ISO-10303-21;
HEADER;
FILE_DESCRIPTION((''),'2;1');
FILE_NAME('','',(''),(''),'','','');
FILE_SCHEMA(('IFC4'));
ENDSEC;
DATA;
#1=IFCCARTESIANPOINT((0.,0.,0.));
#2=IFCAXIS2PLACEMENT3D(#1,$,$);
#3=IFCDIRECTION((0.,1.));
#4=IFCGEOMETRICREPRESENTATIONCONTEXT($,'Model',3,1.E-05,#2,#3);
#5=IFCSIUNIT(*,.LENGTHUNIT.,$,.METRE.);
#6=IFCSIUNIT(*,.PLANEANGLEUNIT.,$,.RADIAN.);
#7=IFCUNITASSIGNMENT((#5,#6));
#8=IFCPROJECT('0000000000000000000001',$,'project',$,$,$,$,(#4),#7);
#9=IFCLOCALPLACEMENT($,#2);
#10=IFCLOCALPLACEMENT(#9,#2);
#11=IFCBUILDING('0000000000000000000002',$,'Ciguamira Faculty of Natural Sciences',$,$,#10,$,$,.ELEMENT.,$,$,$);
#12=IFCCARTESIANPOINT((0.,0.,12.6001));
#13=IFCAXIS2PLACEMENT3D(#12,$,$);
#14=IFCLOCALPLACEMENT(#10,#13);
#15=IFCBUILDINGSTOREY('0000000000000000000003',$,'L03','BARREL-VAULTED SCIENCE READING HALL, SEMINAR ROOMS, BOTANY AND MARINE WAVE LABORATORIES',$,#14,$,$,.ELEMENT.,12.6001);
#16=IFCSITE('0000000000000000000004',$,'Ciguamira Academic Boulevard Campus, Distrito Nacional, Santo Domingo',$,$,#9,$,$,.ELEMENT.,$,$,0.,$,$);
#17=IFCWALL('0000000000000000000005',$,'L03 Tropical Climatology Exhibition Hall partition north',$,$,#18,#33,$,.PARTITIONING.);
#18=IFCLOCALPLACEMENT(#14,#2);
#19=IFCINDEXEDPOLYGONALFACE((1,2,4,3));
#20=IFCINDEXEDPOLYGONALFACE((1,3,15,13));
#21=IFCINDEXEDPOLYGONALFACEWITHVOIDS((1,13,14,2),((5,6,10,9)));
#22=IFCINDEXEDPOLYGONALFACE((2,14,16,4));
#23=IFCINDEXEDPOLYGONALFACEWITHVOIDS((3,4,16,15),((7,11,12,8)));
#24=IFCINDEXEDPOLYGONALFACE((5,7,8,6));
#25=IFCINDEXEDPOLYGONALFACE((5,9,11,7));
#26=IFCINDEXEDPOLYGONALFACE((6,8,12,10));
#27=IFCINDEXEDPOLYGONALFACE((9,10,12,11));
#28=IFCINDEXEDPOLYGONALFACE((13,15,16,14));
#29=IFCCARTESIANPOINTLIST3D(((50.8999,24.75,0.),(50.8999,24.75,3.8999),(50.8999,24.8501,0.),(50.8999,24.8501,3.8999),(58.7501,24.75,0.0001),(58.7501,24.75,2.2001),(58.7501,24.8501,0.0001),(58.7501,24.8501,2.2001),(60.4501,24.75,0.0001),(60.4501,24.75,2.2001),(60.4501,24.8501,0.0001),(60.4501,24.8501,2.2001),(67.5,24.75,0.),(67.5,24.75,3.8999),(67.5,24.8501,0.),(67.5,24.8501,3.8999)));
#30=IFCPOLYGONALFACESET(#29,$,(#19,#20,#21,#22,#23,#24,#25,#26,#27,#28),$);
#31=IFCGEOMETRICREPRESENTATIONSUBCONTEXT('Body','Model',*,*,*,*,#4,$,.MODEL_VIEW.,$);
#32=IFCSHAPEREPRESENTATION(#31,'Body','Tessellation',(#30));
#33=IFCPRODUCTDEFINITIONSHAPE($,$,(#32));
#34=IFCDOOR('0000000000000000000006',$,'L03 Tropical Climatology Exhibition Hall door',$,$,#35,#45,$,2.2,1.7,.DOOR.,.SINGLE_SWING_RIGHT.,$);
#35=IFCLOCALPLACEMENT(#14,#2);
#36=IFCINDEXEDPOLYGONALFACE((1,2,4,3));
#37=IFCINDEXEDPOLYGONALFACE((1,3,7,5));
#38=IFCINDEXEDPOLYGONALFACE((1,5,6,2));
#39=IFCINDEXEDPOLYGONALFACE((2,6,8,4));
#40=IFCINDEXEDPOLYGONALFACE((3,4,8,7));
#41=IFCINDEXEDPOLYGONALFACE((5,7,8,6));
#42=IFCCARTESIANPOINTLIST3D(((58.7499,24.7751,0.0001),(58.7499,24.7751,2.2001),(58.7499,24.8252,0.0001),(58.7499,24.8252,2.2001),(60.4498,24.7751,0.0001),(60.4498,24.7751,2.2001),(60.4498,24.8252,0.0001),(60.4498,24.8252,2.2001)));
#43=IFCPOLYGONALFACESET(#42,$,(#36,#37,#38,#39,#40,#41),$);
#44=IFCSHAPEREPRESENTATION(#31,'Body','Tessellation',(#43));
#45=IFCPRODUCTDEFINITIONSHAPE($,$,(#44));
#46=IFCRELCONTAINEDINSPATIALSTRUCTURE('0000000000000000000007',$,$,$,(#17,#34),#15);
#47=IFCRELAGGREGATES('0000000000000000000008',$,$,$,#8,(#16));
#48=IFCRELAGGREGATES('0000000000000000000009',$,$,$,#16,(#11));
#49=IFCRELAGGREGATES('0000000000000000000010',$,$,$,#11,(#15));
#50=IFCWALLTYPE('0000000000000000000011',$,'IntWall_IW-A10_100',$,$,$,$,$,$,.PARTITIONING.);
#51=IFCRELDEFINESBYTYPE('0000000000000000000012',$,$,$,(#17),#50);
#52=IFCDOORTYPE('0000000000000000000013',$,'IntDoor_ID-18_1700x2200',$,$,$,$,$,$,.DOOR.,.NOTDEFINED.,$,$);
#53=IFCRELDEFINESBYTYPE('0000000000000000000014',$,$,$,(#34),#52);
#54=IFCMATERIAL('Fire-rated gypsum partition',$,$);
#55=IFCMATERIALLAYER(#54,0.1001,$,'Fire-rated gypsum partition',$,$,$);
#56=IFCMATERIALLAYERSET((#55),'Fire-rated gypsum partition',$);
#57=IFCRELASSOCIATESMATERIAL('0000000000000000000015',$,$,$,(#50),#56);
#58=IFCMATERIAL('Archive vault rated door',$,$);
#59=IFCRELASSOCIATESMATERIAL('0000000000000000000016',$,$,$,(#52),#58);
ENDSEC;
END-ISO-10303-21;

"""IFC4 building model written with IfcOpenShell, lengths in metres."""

from ifc_helpers import new_model, si_unit, direction, frame, frame_2d, origin, place, context, subcontext, project, spatial, rectangle, extrude, material, layer, layer_set, type_object, element, fill, save


model = new_model("IFC4")

# Units and contexts
model_context = context("Model", 3, precision=1e-05, world=origin(), true_north=direction((0.0, 1.0)))
body_context = subcontext(model_context, "Body", "Model", "MODEL_VIEW")
ifc_project = project(units=[si_unit("LENGTHUNIT", "METRE"), si_unit("PLANEANGLEUNIT", "RADIAN")], contexts=[model_context])

# Site, building, storey
site_placement = place(None, origin())
site = spatial("IfcSite", under=ifc_project, at=site_placement, Name="Ciguamira Academic Boulevard Campus, Distrito Nacional, Santo Domingo", CompositionType="ELEMENT", RefElevation=0.0)
building_placement = place(site_placement, origin())
building = spatial("IfcBuilding", under=site, at=building_placement, Name="Ciguamira Faculty of Natural Sciences", CompositionType="ELEMENT")
storey_placement = place(building_placement, frame((0.0, 0.0, 12.6001)))
storey = spatial("IfcBuildingStorey", under=building, at=storey_placement, Name="L03", Description="BARREL-VAULTED SCIENCE READING HALL, SEMINAR ROOMS, BOTANY AND MARINE WAVE LABORATORIES", CompositionType="ELEMENT", Elevation=12.6001)

# Wall, opening, door
ifc_material_1 = material(Name="Fire-rated gypsum partition")
ifc_layer_1 = layer(ifc_material_1, 0.1001, Name="Fire-rated gypsum partition")
ifc_layer_set_1 = layer_set([ifc_layer_1], Name="Fire-rated gypsum partition")
wall_type = type_object("IfcWallType", Name="IntWall_IW-A10_100", PredefinedType="PARTITIONING", material=ifc_layer_set_1)
wall_placement = place(storey_placement, frame((50.8999, 24.8, 0.0), z_axis=(0.0, 0.0, 1.0), x_axis=(1.0, 0.0, 0.0)))
wall = element("IfcWall", 1, at=wall_placement, inside=storey, type_object=wall_type, Name="L03 Tropical Climatology Exhibition Hall partition north", PredefinedType="PARTITIONING", context=body_context, shape_type="SweptSolid", body=[
    extrude(rectangle(XDim=16.6001, YDim=0.1001, at=frame_2d((8.3, 0.0))), origin(), (0.0, 0.0, 1.0), 3.8999),
])
opening_placement = place(wall_placement, frame((7.8501, 0.0, 0.0)))
opening = element("IfcOpeningElement", 2, at=opening_placement, cuts=wall, PredefinedType="OPENING", context=body_context, shape_type="SweptSolid", body=[
    extrude(rectangle(XDim=1.7, YDim=2.2, at=frame_2d((0.8501, 1.1001))), frame((0.0, 0.0601, 0.0), z_axis=(0.0, -1.0, 0.0), x_axis=(1.0, 0.0, 0.0)), (0.0, 0.0, 1.0), 0.1201),
])
ifc_material_2 = material(Name="Archive vault rated door")
door_type = type_object("IfcDoorType", Name="IntDoor_ID-18_1700x2200", OperationType="NOTDEFINED", PredefinedType="DOOR", material=ifc_material_2)
door_placement = place(opening_placement, frame((1.7, 0.0, 0.0), z_axis=(0.0, 0.0, 1.0), x_axis=(-1.0, 0.0, 0.0)))
door = element("IfcDoor", 3, at=door_placement, inside=storey, type_object=door_type, Name="L03 Tropical Climatology Exhibition Hall door", OperationType="SINGLE_SWING_RIGHT", OverallHeight=2.2, OverallWidth=1.7, PredefinedType="DOOR", context=body_context, shape_type="SweptSolid", body=[
    extrude(rectangle(XDim=1.7, YDim=2.2, at=frame_2d((0.8501, 1.1001))), frame((0.0, 0.0249, 0.0), z_axis=(0.0, -1.0, 0.0), x_axis=(1.0, 0.0, 0.0)), (0.0, 0.0, 1.0), 0.05),
])
fill(opening, door)

save(model, "model.ifc")
